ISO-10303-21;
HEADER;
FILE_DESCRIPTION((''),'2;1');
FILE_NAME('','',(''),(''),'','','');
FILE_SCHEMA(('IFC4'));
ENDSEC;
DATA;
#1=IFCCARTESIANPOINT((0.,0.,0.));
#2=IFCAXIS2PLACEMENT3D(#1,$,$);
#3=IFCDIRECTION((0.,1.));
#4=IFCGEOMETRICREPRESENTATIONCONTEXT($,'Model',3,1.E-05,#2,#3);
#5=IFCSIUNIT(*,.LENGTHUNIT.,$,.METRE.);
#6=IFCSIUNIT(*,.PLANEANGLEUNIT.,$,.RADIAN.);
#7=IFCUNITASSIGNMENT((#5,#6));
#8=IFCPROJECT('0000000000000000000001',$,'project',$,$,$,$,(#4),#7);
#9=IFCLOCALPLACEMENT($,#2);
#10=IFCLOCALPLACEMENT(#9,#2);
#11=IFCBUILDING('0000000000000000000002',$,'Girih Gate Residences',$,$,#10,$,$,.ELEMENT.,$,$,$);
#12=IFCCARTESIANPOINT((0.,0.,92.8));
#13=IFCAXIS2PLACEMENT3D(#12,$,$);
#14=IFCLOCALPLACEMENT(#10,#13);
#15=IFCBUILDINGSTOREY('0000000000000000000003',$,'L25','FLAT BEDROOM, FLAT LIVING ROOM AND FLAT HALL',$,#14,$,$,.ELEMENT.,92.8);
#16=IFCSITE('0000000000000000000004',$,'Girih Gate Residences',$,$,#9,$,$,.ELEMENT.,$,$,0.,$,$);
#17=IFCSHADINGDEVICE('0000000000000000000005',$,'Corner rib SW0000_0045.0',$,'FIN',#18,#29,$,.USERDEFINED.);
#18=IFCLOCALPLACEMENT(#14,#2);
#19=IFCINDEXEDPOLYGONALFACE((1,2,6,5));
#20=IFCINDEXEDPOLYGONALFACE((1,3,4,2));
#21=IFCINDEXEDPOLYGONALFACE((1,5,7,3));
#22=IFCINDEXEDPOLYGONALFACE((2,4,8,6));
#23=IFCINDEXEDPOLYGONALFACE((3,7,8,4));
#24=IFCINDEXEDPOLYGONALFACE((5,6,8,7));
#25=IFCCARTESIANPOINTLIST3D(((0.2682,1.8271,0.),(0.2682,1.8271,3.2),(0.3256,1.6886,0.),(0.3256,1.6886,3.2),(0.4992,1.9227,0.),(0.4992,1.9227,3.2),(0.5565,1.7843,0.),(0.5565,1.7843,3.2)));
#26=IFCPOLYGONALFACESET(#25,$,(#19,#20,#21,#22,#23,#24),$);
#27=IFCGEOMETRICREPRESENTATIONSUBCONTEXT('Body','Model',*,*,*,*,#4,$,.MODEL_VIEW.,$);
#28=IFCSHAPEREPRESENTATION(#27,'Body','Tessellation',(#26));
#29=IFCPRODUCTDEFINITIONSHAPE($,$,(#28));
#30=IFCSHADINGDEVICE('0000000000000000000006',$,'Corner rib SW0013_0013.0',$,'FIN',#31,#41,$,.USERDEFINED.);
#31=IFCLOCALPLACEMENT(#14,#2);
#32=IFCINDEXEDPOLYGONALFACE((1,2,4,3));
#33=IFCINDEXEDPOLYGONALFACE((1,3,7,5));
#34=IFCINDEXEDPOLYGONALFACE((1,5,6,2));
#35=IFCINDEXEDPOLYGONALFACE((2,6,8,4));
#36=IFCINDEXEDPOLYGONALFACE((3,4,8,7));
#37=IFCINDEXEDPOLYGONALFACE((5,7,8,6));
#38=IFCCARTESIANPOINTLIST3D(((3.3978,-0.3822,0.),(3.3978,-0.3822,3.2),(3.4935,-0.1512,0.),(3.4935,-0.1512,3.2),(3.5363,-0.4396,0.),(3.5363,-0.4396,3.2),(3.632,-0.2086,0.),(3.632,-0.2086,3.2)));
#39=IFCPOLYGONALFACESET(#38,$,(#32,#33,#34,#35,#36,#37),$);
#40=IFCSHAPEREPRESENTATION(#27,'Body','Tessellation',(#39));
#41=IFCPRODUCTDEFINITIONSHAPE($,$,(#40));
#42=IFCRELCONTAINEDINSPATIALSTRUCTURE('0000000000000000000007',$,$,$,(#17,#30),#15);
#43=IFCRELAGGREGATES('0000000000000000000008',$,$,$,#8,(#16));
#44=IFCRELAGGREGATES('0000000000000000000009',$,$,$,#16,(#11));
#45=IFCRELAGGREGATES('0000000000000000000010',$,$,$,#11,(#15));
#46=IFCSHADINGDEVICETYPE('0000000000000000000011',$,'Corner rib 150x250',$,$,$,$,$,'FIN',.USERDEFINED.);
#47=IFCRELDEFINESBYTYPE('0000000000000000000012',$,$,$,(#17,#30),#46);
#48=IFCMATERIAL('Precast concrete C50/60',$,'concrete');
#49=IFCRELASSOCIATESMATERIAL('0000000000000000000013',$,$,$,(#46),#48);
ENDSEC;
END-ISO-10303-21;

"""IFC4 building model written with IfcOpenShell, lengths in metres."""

from ifc_helpers import new_model, si_unit, direction, frame, origin, origin_2d, place, context, subcontext, project, spatial, rectangle, extrude, material, type_object, element, save


model = new_model("IFC4")

# Units and contexts
model_context = context("Model", 3, precision=1e-05, world=origin(), true_north=direction((0.0, 1.0)))
body_context = subcontext(model_context, "Body", "Model", "MODEL_VIEW")
ifc_project = project(units=[si_unit("LENGTHUNIT", "METRE"), si_unit("PLANEANGLEUNIT", "RADIAN")], contexts=[model_context])

# Site, building, storey
site_placement = place(None, origin())
site = spatial("IfcSite", under=ifc_project, at=site_placement, Name="Girih Gate Residences", CompositionType="ELEMENT", RefElevation=0.0)
building_placement = place(site_placement, origin())
building = spatial("IfcBuilding", under=site, at=building_placement, Name="Girih Gate Residences", CompositionType="ELEMENT")
storey_placement = place(building_placement, frame((0.0, 0.0, 92.8)))
storey = spatial("IfcBuildingStorey", under=building, at=storey_placement, Name="L25", Description="FLAT BEDROOM, FLAT LIVING ROOM AND FLAT HALL", CompositionType="ELEMENT", Elevation=92.8)

# Shared definitions
ifc_material_1 = material(Name="Precast concrete C50/60", Category="concrete")

# Shading devices
shading_device_type = type_object("IfcShadingDeviceType", Name="Corner rib 150x250", ElementType="FIN", PredefinedType="USERDEFINED", material=ifc_material_1)
for number, where, z_axis, x_axis, name in (
    (1, (0.4124, 1.8057, 0.0), (0.0, 0.0, 1.0), (0.382683, -0.92388, 0.0), "Corner rib SW0000_0045.0"),
    (2, (3.5149, -0.2954, 0.0), (0.0, 0.0, 1.0), (0.92388, -0.382683, 0.0), "Corner rib SW0013_0013.0"),
):
    element("IfcShadingDevice", number, at=place(storey_placement, frame(where, z_axis=z_axis, x_axis=x_axis)), inside=storey, type_object=shading_device_type, Name=name, ObjectType="FIN", PredefinedType="USERDEFINED", context=body_context, shape_type="SweptSolid", body=[
        extrude(rectangle(XDim=0.1499, YDim=0.25, at=origin_2d()), origin(), (0.0, 0.0, 1.0), 3.2),
    ])

save(model, "model.ifc")
